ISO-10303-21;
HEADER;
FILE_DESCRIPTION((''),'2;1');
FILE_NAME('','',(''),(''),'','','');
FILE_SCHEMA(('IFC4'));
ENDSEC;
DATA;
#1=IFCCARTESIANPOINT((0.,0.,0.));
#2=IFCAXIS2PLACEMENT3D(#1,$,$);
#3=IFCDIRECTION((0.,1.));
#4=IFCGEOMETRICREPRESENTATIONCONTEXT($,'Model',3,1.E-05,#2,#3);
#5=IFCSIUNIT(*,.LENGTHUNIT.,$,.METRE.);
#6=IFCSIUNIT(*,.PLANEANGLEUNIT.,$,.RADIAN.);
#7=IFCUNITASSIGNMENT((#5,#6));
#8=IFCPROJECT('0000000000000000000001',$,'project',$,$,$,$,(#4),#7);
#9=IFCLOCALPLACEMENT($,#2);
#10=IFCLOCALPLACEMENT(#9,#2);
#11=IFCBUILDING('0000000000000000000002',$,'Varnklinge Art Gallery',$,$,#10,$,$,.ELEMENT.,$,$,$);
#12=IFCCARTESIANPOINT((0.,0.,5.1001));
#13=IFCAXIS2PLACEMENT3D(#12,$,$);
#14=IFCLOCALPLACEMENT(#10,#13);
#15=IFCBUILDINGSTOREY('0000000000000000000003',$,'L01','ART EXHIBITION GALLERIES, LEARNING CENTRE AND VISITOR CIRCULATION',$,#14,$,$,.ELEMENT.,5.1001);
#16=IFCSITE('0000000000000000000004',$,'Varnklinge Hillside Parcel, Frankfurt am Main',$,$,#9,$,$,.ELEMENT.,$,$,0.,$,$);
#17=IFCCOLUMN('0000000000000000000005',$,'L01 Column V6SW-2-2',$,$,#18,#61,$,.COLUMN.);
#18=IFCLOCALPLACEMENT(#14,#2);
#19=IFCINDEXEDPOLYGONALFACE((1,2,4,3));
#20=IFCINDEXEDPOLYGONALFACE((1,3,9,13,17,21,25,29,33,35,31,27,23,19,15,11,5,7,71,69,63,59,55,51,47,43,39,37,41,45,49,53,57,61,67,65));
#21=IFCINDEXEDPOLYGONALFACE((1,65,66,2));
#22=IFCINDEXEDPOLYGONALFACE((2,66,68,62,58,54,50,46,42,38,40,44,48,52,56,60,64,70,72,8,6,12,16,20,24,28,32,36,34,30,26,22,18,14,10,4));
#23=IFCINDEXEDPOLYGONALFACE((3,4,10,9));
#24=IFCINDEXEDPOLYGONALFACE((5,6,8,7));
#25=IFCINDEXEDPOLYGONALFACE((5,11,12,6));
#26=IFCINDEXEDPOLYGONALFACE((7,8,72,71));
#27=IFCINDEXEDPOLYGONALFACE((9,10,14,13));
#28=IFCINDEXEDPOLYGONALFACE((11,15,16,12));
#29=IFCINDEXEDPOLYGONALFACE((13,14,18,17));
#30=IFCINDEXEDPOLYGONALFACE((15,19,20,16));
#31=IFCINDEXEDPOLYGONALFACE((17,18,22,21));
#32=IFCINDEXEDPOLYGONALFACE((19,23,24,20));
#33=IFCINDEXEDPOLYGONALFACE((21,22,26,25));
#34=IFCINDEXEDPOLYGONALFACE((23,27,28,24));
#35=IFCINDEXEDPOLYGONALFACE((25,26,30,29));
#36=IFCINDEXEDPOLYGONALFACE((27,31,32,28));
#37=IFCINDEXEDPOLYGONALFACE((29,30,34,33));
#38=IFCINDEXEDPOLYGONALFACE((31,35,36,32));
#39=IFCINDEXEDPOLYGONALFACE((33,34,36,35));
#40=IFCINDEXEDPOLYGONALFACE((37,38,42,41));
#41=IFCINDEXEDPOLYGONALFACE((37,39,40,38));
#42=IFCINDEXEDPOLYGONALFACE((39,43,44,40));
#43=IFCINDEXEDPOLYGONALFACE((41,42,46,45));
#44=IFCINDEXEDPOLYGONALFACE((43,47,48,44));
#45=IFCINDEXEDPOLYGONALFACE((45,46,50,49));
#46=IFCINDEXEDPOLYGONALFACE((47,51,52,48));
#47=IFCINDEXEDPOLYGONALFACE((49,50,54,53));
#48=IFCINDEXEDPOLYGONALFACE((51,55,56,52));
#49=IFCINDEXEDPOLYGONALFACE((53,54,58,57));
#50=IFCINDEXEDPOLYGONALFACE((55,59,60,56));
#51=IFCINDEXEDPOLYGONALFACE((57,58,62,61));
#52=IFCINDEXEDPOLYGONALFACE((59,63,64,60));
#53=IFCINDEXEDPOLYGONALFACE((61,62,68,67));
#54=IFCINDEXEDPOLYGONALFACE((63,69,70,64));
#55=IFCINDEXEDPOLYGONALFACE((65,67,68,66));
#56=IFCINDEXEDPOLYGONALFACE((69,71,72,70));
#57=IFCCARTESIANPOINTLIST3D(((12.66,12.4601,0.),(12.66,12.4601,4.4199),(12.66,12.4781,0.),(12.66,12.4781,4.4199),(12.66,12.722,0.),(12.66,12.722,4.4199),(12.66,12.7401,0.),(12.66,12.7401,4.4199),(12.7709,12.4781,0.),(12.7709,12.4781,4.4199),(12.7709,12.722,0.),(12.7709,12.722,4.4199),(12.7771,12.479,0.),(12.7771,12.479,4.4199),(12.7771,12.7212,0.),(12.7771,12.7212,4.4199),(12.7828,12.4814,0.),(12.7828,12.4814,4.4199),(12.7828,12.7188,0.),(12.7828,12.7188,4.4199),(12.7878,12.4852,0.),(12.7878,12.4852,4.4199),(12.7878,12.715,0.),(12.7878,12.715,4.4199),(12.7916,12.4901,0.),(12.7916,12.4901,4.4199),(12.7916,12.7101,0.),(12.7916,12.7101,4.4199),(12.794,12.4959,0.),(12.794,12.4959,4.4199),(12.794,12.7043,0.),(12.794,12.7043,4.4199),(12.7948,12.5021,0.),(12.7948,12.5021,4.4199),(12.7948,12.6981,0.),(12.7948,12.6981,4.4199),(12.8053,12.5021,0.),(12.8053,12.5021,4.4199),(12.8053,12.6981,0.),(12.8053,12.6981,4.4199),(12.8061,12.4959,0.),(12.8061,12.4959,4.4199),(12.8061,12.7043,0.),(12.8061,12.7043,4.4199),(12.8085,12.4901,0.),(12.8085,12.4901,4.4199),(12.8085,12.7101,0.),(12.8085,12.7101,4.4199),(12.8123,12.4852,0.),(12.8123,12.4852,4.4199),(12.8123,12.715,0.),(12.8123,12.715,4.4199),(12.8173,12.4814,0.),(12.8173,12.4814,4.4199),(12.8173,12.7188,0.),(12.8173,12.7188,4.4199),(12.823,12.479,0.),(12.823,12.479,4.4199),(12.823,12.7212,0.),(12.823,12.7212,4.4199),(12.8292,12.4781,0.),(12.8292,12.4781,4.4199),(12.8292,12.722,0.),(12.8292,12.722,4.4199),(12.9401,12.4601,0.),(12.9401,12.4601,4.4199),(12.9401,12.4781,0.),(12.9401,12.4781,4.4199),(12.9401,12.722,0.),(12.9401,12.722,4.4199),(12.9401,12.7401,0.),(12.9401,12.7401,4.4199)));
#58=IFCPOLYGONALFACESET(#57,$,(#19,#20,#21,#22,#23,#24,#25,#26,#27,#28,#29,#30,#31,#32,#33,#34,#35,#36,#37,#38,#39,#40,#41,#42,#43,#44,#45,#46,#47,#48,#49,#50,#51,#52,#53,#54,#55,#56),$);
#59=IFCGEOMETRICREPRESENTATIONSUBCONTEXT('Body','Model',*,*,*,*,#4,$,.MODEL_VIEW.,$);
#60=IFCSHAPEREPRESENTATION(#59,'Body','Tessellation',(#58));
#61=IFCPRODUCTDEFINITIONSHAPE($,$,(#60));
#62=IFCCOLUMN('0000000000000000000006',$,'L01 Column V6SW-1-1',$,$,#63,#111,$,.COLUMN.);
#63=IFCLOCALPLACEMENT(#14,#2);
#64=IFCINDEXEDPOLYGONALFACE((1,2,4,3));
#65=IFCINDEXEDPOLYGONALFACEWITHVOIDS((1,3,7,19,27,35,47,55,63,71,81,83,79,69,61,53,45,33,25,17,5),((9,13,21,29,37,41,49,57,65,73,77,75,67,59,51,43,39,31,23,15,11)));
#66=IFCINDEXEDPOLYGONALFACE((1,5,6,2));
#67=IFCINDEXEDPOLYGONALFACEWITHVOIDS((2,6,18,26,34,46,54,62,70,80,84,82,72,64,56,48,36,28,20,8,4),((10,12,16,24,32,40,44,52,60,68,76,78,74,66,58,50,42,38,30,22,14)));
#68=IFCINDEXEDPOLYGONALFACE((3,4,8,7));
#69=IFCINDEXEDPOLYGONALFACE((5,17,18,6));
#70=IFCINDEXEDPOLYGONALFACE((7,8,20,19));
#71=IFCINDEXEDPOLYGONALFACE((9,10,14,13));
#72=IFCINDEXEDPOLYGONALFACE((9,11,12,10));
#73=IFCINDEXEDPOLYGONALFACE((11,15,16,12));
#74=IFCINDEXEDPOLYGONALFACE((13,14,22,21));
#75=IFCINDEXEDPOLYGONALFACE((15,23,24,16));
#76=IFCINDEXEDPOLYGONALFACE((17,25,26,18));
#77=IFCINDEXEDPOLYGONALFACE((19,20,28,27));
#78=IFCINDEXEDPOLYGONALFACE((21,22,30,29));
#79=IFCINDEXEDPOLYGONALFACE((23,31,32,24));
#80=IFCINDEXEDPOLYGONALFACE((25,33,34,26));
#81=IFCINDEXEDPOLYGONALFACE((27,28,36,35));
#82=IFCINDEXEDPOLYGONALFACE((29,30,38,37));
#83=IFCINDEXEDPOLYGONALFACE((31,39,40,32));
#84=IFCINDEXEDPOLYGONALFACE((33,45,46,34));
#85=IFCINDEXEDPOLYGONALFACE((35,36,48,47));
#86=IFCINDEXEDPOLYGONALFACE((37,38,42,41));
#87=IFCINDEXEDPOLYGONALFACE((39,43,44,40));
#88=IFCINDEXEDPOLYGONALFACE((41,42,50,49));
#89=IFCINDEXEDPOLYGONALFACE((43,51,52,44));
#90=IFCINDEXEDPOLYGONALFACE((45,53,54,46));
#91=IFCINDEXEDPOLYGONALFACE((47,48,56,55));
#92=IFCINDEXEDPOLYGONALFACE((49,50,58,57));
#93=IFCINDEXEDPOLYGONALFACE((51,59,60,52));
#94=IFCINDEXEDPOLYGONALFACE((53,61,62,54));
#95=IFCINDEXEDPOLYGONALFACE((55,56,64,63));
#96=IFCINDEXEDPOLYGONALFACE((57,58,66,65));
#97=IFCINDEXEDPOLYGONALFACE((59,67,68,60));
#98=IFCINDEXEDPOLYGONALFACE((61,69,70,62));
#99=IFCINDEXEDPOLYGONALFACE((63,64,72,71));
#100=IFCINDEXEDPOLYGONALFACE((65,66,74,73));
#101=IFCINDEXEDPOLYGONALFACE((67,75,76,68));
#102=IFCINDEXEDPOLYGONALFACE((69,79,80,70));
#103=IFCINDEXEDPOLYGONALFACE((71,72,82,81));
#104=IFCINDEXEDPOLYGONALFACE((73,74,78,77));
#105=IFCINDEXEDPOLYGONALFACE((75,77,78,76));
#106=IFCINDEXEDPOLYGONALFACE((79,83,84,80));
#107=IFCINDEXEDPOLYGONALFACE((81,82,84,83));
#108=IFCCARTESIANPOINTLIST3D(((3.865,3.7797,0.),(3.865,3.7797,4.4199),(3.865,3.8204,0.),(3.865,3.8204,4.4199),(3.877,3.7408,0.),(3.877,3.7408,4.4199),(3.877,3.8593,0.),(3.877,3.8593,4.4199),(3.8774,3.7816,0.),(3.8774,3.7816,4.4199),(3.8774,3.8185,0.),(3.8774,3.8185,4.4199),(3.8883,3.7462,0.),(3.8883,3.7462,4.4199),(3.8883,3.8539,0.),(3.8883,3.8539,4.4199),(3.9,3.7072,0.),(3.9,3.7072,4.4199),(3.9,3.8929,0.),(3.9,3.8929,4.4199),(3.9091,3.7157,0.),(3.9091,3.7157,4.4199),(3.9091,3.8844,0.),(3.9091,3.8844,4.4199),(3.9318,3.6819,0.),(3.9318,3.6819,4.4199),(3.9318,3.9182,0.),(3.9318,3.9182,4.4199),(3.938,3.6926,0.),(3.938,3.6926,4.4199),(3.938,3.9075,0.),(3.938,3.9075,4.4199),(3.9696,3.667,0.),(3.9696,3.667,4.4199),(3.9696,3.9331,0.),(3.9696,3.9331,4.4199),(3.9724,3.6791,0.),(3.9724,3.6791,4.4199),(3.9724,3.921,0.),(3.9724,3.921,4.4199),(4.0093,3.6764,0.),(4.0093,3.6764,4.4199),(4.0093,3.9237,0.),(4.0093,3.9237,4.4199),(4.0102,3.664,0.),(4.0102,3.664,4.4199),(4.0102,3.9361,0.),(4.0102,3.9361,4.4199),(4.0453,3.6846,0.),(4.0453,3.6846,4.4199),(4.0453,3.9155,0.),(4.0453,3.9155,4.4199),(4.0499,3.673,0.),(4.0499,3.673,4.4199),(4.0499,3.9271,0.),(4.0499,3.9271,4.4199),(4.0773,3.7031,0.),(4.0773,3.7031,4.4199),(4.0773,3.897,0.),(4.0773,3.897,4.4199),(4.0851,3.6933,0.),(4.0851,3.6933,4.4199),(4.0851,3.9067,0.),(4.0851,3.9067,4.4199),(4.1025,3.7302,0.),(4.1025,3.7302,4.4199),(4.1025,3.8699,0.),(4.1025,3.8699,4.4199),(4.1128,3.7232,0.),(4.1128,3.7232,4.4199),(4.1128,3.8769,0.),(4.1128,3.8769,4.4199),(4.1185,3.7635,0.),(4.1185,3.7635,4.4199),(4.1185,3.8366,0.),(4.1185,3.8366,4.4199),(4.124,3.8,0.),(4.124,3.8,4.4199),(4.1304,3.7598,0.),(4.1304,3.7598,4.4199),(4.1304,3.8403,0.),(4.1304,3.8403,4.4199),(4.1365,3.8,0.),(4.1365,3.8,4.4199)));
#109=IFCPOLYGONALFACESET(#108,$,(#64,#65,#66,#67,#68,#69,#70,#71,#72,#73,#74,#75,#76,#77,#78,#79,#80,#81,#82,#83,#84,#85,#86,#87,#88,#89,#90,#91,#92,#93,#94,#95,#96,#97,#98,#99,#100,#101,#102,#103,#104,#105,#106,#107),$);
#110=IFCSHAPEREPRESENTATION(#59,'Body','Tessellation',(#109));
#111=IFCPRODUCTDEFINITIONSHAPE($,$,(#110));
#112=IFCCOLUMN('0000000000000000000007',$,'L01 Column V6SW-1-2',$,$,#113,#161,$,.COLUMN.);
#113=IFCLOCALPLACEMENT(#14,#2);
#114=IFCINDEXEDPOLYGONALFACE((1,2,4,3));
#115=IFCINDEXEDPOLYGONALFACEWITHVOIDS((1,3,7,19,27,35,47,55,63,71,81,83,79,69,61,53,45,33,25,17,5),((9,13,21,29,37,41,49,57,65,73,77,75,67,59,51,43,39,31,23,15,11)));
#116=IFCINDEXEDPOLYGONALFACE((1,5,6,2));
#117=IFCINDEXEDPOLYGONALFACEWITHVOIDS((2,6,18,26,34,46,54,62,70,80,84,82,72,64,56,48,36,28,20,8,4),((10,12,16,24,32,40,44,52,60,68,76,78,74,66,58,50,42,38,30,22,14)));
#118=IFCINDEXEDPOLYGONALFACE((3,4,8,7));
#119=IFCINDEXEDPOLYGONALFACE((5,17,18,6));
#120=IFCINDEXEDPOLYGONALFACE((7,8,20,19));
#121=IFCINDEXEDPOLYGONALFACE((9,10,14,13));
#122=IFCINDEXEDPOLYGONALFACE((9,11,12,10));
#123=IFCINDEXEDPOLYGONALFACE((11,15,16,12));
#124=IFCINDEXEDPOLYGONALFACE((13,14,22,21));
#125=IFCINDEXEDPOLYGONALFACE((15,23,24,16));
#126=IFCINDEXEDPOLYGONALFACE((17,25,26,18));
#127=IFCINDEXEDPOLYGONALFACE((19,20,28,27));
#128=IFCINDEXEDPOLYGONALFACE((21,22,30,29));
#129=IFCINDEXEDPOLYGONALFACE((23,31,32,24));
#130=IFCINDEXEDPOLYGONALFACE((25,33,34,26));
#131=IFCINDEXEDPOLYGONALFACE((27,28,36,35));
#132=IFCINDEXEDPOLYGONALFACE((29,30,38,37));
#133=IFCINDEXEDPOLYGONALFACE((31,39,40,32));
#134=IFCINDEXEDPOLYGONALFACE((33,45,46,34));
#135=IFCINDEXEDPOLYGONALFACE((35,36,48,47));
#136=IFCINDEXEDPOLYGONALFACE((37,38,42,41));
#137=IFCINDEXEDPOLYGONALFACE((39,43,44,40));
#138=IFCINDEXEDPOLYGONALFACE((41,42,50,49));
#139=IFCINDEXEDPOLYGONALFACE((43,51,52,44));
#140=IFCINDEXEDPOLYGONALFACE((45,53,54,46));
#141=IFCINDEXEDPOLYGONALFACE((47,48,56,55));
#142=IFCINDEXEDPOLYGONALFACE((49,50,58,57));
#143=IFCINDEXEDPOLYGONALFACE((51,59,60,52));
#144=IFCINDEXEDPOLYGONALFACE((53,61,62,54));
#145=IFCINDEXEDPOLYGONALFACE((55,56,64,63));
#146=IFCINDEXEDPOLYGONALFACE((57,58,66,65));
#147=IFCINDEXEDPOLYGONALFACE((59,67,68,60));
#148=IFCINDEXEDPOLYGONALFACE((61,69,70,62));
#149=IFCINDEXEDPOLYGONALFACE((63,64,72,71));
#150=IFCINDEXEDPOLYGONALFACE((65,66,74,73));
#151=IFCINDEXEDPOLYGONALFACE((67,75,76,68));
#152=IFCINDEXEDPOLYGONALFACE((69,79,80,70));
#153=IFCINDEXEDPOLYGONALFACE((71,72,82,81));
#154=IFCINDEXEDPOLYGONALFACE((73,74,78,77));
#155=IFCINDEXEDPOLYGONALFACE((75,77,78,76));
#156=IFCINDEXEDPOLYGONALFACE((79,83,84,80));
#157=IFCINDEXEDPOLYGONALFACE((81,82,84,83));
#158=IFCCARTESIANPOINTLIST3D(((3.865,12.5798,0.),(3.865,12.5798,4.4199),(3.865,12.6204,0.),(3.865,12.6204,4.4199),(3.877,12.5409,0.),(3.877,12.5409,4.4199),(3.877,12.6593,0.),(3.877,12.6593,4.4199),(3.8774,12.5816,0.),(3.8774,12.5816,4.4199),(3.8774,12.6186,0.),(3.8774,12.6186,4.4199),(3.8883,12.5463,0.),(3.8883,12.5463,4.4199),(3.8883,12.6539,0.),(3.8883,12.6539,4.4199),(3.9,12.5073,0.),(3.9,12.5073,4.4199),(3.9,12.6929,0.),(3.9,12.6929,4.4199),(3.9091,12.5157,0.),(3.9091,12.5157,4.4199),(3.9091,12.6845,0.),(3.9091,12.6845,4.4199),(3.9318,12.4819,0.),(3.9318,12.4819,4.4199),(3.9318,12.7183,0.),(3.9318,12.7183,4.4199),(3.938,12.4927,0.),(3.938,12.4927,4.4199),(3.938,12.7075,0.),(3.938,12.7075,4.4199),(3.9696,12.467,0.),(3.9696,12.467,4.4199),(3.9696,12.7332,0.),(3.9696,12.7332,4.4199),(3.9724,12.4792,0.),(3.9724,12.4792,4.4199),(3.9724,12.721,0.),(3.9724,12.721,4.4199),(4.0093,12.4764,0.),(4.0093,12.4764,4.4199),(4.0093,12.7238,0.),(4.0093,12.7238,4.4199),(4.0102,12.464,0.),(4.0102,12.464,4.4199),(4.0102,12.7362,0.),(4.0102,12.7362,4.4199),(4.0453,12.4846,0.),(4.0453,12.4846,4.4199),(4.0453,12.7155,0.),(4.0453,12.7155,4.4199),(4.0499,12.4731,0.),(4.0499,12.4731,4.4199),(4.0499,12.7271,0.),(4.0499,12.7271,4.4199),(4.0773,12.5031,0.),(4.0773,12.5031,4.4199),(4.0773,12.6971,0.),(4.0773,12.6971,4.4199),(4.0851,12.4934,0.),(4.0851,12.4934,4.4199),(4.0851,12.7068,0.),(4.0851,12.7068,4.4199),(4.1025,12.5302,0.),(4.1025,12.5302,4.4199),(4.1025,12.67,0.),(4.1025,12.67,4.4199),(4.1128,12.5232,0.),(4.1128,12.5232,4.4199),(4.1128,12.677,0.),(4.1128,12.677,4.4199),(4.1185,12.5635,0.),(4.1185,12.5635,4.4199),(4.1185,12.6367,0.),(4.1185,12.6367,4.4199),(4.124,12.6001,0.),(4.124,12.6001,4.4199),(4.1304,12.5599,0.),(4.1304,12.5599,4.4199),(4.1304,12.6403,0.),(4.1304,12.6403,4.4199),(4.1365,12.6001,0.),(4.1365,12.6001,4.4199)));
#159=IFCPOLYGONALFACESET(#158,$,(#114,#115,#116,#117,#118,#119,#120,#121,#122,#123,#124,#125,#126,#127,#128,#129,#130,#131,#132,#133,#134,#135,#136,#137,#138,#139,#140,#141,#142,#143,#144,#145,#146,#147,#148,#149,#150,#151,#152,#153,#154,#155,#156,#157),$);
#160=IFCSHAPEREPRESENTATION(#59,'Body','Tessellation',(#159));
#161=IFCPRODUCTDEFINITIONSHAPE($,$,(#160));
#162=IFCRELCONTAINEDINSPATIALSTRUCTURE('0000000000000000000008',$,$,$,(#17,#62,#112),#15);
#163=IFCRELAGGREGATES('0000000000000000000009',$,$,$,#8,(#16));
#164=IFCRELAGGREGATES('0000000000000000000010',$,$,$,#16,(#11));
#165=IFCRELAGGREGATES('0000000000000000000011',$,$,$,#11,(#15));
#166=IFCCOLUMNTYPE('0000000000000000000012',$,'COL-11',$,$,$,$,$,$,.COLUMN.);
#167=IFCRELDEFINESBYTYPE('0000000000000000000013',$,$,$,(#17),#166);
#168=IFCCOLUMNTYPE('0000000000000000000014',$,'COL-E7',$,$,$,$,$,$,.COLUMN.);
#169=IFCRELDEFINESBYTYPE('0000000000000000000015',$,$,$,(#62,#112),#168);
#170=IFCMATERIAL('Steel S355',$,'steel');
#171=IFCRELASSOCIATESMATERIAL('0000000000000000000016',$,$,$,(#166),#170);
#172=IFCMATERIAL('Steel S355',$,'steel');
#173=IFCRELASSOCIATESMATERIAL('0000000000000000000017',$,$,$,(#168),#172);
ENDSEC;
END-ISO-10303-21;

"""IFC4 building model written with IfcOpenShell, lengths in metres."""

from ifc_helpers import new_model, si_unit, direction, frame, origin, origin_2d, place, context, subcontext, project, spatial, hollow_circle, i_section, extrude, material, material_profile, profile_set, type_object, element, save


model = new_model("IFC4")

# Units and contexts
model_context = context("Model", 3, precision=1e-05, world=origin(), true_north=direction((0.0, 1.0)))
body_context = subcontext(model_context, "Body", "Model", "MODEL_VIEW")
ifc_project = project(units=[si_unit("LENGTHUNIT", "METRE"), si_unit("PLANEANGLEUNIT", "RADIAN")], contexts=[model_context])

# Site, building, storey
site_placement = place(None, origin())
site = spatial("IfcSite", under=ifc_project, at=site_placement, Name="Varnklinge Hillside Parcel, Frankfurt am Main", CompositionType="ELEMENT", RefElevation=0.0)
building_placement = place(site_placement, origin())
building = spatial("IfcBuilding", under=site, at=building_placement, Name="Varnklinge Art Gallery", CompositionType="ELEMENT")
storey_placement = place(building_placement, frame((0.0, 0.0, 5.1001)))
storey = spatial("IfcBuildingStorey", under=building, at=storey_placement, Name="L01", Description="ART EXHIBITION GALLERIES, LEARNING CENTRE AND VISITOR CIRCULATION", CompositionType="ELEMENT", Elevation=5.1001)

# Columns
ifc_material_1 = material(Name="Steel S355", Category="steel")
ifc_material_profile_1 = material_profile(ifc_material_1, i_section(OverallWidth=0.28, OverallDepth=0.28, WebThickness=0.0105, FlangeThickness=0.0181, FilletRadius=0.0239, at=origin_2d()), Name="HEB 280")
ifc_profile_set_1 = profile_set([ifc_material_profile_1], Name="Steel S355")
column_type_1 = type_object("IfcColumnType", Name="COL-11", PredefinedType="COLUMN", material=ifc_profile_set_1)
column_placement = place(storey_placement, frame((12.8, 12.6001, 0.0), z_axis=(0.0, 0.0, 1.0), x_axis=(1.0, 0.0, 0.0)))
element("IfcColumn", 1, at=column_placement, inside=storey, type_object=column_type_1, Name="L01 Column V6SW-2-2", PredefinedType="COLUMN", context=body_context, shape_type="SweptSolid", body=[
    extrude(i_section(OverallWidth=0.28, OverallDepth=0.28, WebThickness=0.0105, FlangeThickness=0.0181, FilletRadius=0.0239, at=origin_2d()), origin(), (0.0, 0.0, 1.0), 4.4199),
])
ifc_material_2 = material(Name="Steel S355", Category="steel")
ifc_material_profile_2 = material_profile(ifc_material_2, hollow_circle(Radius=0.1365, WallThickness=0.0125, at=origin_2d()), Name="CHS 273x12.5")
ifc_profile_set_2 = profile_set([ifc_material_profile_2], Name="Steel S355")
column_type_2 = type_object("IfcColumnType", Name="COL-E7", PredefinedType="COLUMN", material=ifc_profile_set_2)
for number, where, z_axis, x_axis, name in (
    (2, (4.0, 3.8, 0.0), (0.0, 0.0, 1.0), (1.0, 0.0, 0.0), "L01 Column V6SW-1-1"),
    (3, (4.0, 12.6001, 0.0), (0.0, 0.0, 1.0), (1.0, 0.0, 0.0), "L01 Column V6SW-1-2"),
):
    element("IfcColumn", number, at=place(storey_placement, frame(where, z_axis=z_axis, x_axis=x_axis)), inside=storey, type_object=column_type_2, Name=name, PredefinedType="COLUMN", context=body_context, shape_type="SweptSolid", body=[
        extrude(hollow_circle(Radius=0.1365, WallThickness=0.0125, at=origin_2d()), origin(), (0.0, 0.0, 1.0), 4.4199),
    ])

save(model, "model.ifc")
